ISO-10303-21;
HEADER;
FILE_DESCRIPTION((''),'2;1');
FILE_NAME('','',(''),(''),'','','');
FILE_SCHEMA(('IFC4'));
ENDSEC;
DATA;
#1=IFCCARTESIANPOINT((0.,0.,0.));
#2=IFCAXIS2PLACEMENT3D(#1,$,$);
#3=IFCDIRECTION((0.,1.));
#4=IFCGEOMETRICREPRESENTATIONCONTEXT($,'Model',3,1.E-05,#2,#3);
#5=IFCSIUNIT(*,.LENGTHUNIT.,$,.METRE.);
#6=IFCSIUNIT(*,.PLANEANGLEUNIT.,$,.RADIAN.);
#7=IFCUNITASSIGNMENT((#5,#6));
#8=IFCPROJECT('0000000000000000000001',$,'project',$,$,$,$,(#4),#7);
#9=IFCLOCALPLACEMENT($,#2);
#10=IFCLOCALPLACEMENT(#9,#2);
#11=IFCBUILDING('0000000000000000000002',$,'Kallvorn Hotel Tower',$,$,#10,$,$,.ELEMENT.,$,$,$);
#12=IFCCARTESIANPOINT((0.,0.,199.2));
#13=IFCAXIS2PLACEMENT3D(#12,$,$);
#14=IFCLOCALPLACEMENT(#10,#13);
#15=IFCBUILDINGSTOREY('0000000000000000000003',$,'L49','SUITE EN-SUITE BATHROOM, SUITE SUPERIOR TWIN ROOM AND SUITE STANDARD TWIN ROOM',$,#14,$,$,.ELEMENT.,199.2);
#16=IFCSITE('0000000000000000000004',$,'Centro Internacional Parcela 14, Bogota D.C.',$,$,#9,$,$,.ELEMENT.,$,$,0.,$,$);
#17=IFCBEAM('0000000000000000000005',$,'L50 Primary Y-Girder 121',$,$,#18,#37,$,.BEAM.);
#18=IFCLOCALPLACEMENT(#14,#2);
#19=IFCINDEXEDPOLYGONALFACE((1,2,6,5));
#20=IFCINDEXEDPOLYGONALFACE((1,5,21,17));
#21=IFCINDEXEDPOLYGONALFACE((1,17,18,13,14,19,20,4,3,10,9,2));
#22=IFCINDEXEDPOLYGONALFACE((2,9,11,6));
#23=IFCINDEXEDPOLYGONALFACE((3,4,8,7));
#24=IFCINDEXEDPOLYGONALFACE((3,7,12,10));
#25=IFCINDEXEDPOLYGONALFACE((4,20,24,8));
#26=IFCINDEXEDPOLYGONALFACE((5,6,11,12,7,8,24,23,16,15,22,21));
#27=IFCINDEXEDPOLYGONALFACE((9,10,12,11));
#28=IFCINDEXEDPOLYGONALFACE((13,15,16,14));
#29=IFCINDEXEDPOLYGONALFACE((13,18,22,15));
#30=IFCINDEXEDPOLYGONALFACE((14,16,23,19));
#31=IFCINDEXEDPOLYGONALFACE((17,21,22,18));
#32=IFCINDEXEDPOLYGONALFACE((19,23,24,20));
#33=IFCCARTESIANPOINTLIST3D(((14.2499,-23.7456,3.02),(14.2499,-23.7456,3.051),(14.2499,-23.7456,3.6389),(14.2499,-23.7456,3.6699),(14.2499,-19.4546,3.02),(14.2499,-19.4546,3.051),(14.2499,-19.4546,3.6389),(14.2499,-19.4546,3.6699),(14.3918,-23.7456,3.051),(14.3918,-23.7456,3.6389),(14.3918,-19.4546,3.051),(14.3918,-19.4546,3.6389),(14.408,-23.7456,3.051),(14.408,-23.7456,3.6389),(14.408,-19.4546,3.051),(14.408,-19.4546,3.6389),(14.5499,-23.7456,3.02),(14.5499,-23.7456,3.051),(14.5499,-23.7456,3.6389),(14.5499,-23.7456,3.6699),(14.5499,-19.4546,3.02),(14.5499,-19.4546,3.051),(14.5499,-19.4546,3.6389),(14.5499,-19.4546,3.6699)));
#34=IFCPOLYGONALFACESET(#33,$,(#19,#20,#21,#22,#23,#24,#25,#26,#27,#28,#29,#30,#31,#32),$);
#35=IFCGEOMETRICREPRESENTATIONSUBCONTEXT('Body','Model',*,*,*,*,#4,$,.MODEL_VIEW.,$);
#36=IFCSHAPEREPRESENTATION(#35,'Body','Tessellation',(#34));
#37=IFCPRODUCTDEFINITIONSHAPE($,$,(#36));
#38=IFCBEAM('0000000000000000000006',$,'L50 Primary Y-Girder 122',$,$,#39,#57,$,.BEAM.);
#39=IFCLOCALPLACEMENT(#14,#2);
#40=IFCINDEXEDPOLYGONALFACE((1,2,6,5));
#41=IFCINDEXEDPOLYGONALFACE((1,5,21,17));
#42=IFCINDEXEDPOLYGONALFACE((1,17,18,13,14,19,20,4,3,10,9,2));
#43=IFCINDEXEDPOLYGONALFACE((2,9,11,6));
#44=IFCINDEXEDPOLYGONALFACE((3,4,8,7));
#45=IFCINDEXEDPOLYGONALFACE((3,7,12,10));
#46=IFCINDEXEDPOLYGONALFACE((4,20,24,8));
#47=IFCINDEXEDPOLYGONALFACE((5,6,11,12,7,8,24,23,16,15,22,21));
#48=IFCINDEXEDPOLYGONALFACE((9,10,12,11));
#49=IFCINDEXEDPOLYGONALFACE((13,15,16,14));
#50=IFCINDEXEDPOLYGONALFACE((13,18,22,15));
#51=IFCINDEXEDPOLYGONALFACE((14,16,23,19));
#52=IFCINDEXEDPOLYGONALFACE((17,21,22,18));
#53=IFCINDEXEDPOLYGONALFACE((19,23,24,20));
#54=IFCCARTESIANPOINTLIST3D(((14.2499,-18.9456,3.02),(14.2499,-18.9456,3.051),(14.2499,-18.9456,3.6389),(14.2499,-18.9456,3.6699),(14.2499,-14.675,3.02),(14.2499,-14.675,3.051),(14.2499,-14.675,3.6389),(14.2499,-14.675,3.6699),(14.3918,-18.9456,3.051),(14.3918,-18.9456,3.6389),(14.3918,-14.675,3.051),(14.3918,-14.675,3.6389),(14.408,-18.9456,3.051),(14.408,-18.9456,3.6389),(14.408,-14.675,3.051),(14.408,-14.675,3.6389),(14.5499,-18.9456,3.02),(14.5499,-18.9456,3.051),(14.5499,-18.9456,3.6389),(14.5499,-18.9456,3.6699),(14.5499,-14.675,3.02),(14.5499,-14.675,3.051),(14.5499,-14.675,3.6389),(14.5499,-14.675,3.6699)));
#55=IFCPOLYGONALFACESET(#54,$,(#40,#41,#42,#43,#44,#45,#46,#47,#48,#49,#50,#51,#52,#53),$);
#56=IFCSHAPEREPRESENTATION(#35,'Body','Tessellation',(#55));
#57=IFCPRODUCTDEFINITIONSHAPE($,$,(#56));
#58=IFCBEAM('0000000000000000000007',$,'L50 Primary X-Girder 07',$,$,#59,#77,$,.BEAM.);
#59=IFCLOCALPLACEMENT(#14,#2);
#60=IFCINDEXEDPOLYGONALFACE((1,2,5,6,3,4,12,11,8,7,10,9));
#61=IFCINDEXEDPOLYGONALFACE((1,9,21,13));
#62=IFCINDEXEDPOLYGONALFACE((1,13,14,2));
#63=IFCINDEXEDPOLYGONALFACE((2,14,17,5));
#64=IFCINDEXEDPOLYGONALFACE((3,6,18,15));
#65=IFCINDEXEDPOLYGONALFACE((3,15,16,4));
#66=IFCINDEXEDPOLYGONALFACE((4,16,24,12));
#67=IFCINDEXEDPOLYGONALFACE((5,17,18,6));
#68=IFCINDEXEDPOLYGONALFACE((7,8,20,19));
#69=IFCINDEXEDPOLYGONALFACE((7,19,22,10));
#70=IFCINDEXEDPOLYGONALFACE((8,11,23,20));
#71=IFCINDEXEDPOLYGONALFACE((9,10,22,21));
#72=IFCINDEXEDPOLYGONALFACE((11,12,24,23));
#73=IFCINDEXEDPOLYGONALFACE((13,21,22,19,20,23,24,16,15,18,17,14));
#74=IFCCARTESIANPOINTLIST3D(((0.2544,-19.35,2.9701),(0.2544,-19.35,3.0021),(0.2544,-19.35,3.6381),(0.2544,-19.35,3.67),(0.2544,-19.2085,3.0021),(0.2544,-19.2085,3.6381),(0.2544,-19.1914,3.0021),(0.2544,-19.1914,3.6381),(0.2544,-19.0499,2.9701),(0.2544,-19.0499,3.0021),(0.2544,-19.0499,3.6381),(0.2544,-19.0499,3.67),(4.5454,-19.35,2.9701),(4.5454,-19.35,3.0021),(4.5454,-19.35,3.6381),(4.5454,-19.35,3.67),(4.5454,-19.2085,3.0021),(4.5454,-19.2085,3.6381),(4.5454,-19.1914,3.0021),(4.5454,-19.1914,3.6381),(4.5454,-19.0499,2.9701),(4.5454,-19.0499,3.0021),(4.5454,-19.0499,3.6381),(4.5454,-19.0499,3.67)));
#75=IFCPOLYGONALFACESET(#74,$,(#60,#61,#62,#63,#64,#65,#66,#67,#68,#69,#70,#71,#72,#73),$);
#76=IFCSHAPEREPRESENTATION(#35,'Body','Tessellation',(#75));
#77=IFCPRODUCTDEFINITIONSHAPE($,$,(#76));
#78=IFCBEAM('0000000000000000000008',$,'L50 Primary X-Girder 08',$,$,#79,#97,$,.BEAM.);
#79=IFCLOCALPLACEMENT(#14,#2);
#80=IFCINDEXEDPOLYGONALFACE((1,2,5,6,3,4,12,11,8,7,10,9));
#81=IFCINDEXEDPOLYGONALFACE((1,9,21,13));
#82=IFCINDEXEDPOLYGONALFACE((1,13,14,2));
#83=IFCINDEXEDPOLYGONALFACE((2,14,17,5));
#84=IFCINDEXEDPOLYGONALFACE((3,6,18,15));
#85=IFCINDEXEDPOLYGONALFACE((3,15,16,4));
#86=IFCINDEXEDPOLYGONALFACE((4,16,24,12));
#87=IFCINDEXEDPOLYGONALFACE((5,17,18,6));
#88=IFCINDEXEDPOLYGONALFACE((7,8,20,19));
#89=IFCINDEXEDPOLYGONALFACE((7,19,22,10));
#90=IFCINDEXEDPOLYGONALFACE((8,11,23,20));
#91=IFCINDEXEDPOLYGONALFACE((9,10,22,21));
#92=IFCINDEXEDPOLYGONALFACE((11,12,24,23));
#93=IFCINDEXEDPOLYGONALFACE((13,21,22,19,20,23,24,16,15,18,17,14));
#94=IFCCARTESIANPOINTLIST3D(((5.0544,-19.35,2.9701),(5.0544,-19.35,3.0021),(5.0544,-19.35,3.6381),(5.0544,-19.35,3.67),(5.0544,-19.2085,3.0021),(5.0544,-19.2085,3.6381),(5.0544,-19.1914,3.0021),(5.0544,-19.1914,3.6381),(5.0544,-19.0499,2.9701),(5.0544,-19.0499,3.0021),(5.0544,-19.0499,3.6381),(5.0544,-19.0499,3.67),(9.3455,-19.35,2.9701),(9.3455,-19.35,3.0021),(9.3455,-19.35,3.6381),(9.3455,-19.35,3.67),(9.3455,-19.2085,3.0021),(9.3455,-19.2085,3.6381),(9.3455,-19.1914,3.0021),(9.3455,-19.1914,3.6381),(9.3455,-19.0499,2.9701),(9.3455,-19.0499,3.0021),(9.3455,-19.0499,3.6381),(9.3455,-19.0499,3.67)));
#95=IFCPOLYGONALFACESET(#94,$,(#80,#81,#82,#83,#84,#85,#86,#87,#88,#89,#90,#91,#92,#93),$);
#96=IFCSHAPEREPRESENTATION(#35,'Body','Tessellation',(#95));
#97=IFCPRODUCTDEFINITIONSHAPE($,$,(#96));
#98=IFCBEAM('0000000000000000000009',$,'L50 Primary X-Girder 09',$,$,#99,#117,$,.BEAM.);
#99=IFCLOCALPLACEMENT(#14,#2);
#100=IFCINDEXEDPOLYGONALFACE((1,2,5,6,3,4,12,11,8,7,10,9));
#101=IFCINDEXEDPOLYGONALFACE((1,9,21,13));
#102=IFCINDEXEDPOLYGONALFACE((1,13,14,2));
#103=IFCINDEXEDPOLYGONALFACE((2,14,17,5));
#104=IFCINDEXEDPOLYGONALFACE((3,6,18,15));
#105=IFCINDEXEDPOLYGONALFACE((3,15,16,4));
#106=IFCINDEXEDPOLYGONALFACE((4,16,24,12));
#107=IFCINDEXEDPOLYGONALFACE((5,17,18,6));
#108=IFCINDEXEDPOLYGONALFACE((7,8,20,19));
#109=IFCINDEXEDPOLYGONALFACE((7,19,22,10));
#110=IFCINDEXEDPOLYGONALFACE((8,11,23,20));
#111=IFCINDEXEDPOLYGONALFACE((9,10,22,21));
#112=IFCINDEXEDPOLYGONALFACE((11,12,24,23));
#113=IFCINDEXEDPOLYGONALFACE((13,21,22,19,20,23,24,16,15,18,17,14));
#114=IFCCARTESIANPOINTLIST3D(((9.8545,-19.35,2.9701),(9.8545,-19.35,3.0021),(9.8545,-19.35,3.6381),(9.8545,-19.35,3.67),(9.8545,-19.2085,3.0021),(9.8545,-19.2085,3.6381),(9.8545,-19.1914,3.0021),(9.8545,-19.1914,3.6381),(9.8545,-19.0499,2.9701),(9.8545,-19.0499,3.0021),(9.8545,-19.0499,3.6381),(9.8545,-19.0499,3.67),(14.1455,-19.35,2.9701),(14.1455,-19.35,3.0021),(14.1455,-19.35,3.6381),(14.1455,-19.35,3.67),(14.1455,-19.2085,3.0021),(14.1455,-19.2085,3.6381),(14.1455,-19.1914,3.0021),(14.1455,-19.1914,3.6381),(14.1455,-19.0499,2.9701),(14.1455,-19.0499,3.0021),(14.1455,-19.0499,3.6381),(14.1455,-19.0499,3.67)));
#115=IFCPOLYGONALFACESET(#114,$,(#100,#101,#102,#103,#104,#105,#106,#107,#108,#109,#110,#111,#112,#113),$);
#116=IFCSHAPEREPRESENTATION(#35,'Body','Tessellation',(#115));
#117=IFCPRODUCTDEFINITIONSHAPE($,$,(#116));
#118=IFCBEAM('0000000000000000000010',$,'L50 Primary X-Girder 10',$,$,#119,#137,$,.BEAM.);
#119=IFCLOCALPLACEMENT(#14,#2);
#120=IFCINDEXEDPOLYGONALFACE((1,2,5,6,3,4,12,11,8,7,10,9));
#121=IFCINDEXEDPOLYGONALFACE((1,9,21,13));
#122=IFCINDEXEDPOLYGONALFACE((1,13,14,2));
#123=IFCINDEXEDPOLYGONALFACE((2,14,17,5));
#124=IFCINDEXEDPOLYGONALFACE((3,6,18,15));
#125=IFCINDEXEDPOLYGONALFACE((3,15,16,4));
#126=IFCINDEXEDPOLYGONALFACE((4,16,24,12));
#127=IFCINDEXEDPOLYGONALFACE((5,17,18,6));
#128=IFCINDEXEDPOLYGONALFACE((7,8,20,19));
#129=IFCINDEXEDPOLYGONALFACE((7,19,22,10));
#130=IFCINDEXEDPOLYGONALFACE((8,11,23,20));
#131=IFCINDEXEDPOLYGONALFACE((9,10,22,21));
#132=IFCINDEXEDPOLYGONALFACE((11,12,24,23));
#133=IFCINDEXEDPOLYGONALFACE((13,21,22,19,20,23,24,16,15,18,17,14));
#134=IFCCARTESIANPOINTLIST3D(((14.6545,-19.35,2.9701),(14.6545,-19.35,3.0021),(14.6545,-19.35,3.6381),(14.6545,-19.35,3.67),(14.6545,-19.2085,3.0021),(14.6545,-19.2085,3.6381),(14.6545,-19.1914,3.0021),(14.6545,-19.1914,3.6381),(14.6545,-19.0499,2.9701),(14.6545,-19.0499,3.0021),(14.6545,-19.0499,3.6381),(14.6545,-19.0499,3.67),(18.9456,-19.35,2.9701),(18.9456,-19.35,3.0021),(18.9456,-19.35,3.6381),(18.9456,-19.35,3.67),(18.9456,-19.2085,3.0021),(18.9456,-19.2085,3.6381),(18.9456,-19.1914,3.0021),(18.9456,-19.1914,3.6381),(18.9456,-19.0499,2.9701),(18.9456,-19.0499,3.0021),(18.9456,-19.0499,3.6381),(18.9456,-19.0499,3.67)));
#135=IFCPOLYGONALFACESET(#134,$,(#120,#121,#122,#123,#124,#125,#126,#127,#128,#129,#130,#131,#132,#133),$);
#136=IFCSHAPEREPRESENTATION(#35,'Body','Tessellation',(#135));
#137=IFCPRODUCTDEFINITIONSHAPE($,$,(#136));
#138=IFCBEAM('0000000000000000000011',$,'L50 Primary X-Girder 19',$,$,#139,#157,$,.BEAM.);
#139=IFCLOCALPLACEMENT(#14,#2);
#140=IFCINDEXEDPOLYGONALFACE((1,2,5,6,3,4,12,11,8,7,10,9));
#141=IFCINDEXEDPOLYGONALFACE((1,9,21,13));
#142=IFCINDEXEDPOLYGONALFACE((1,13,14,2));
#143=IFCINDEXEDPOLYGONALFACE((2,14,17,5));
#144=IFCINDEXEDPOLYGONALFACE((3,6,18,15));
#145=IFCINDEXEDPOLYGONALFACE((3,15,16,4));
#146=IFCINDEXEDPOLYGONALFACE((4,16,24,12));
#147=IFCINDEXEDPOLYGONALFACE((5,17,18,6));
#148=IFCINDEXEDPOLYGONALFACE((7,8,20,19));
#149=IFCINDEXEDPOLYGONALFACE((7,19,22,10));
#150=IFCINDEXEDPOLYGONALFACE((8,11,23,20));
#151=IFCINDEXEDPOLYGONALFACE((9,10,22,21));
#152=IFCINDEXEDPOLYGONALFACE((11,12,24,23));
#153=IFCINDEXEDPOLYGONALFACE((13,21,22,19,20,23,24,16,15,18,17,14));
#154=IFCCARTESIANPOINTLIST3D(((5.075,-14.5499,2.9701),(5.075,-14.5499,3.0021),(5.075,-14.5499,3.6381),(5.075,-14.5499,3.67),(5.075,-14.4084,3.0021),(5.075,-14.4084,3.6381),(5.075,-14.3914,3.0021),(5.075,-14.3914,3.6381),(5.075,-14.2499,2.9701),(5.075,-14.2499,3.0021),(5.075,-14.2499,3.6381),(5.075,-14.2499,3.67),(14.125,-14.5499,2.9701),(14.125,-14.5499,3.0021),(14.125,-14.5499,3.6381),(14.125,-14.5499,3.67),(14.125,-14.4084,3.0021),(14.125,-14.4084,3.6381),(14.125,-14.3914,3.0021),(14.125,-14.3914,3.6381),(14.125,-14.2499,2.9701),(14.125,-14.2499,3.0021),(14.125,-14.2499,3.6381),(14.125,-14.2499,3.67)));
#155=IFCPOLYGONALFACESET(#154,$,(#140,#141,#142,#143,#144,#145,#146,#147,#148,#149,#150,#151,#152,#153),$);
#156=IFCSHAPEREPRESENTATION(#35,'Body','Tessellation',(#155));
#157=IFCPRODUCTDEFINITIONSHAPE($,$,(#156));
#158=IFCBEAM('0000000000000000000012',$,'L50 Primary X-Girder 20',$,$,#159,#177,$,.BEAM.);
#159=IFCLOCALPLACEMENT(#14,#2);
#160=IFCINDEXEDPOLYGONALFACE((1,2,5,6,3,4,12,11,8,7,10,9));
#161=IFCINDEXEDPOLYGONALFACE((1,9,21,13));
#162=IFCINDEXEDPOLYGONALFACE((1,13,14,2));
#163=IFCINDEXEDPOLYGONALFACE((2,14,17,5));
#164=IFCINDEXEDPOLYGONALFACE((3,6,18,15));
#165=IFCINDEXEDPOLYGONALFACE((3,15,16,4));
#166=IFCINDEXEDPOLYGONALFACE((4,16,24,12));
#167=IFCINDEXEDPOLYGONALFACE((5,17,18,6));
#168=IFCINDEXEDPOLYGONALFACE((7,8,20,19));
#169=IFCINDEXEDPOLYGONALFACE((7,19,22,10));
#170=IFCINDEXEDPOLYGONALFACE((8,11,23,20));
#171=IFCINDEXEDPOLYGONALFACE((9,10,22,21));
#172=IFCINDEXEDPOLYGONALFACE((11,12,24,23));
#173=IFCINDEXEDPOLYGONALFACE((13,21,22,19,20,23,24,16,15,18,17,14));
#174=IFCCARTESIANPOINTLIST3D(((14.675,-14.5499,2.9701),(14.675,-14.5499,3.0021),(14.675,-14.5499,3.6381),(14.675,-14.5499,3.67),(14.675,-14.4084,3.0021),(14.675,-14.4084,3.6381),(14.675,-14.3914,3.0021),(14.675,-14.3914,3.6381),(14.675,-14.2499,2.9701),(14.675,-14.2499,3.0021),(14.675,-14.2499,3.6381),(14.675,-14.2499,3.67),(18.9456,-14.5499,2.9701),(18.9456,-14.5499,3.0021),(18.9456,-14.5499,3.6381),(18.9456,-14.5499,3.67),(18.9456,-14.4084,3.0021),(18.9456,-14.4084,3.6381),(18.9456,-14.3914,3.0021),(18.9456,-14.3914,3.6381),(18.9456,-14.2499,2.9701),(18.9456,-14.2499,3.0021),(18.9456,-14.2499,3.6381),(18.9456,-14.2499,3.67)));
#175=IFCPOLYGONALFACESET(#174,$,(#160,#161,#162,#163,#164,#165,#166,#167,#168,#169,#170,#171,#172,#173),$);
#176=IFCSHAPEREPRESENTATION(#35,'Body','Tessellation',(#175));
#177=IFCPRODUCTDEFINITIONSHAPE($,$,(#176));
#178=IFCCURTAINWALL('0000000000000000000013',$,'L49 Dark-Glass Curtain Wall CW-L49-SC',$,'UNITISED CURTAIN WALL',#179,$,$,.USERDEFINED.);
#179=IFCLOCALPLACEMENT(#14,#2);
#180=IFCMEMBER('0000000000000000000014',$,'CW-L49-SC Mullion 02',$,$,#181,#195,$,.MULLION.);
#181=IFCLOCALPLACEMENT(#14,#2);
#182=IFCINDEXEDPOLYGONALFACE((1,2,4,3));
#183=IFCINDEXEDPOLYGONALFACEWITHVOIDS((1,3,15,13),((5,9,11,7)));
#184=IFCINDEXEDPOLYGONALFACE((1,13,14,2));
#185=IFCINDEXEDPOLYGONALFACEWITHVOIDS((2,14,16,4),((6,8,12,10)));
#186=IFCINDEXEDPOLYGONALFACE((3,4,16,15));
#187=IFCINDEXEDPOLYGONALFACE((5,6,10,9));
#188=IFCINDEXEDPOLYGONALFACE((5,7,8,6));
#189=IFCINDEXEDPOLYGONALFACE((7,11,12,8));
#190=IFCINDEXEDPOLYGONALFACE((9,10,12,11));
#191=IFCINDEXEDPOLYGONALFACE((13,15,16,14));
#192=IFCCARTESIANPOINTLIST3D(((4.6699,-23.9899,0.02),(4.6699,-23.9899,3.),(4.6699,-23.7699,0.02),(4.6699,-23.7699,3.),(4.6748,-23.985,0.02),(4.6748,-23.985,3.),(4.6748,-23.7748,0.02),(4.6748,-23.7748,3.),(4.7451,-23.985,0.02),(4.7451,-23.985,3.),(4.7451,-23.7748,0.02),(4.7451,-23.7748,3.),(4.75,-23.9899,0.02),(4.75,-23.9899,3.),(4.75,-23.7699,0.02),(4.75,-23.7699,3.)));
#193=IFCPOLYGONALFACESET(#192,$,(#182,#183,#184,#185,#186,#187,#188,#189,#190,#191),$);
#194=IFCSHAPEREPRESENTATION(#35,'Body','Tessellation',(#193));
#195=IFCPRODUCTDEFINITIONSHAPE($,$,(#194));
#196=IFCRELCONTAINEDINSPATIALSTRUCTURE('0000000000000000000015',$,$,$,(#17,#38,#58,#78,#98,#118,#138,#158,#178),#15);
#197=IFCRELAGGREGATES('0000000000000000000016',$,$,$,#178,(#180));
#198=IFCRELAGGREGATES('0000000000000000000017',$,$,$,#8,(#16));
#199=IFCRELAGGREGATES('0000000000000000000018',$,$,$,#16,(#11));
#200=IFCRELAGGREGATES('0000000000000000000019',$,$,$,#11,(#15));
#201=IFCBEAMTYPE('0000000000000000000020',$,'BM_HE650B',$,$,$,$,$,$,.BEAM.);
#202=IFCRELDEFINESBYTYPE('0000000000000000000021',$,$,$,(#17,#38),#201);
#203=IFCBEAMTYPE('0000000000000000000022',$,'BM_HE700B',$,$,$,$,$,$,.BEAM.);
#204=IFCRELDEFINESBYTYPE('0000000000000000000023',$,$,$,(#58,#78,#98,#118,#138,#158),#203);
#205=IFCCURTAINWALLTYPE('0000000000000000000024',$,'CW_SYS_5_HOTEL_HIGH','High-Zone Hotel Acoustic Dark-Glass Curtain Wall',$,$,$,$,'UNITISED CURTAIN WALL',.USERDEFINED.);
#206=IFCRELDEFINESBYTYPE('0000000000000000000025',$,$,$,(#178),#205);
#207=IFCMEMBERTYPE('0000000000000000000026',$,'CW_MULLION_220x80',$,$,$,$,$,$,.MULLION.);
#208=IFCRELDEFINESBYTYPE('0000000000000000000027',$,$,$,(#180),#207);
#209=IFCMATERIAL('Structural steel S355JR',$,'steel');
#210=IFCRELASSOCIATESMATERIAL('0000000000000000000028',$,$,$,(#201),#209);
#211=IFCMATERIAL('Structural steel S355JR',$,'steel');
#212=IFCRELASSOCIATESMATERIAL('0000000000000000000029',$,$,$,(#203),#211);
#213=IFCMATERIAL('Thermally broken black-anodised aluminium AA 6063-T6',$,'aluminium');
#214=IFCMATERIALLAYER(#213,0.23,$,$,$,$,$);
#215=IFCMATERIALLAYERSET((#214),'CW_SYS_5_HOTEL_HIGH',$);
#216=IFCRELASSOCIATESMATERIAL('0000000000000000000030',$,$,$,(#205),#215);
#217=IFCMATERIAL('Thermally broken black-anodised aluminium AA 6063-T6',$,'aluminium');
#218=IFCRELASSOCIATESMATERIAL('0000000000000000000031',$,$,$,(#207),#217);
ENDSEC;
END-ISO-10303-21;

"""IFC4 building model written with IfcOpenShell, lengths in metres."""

from ifc_helpers import new_model, si_unit, direction, frame, origin, origin_2d, place, context, subcontext, project, spatial, hollow_rectangle, i_section, extrude, material, layer, layer_set, material_profile, profile_set, type_object, element, aggregate, save


model = new_model("IFC4")

# Units and contexts
model_context = context("Model", 3, precision=1e-05, world=origin(), true_north=direction((0.0, 1.0)))
body_context = subcontext(model_context, "Body", "Model", "MODEL_VIEW")
ifc_project = project(units=[si_unit("LENGTHUNIT", "METRE"), si_unit("PLANEANGLEUNIT", "RADIAN")], contexts=[model_context])

# Site, building, storey
site_placement = place(None, origin())
site = spatial("IfcSite", under=ifc_project, at=site_placement, Name="Centro Internacional Parcela 14, Bogota D.C.", CompositionType="ELEMENT", RefElevation=0.0)
building_placement = place(site_placement, origin())
building = spatial("IfcBuilding", under=site, at=building_placement, Name="Kallvorn Hotel Tower", CompositionType="ELEMENT")
storey_placement = place(building_placement, frame((0.0, 0.0, 199.2)))
storey = spatial("IfcBuildingStorey", under=building, at=storey_placement, Name="L49", Description="SUITE EN-SUITE BATHROOM, SUITE SUPERIOR TWIN ROOM AND SUITE STANDARD TWIN ROOM", CompositionType="ELEMENT", Elevation=199.2)

# Beams
ifc_material_1 = material(Name="Structural steel S355JR", Category="steel")
ifc_material_profile_1 = material_profile(ifc_material_1, i_section(OverallWidth=0.3, OverallDepth=0.6499, WebThickness=0.0161, FlangeThickness=0.031, at=origin_2d()), Name="HE 650 B")
ifc_profile_set_1 = profile_set([ifc_material_profile_1], Name="Structural steel S355JR")
beam_type_1 = type_object("IfcBeamType", Name="BM_HE650B", PredefinedType="BEAM", material=ifc_profile_set_1)
for number, where, z_axis, x_axis, name in (
    (1, (14.3999, -23.7456, 3.345), (0.0, 1.0, 0.0), (-1.0, 0.0, 0.0), "L50 Primary Y-Girder 121"),
):
    element("IfcBeam", number, at=place(storey_placement, frame(where, z_axis=z_axis, x_axis=x_axis)), inside=storey, type_object=beam_type_1, Name=name, PredefinedType="BEAM", context=body_context, shape_type="SweptSolid", body=[
        extrude(i_section(OverallWidth=0.3, OverallDepth=0.6499, WebThickness=0.0161, FlangeThickness=0.031, at=origin_2d()), origin(), (0.0, 0.0, 1.0), 4.291),
    ])
beam_1_placement = place(storey_placement, frame((14.3999, -18.9456, 3.345), z_axis=(0.0, 1.0, 0.0), x_axis=(-1.0, 0.0, 0.0)))
element("IfcBeam", 2, at=beam_1_placement, inside=storey, type_object=beam_type_1, Name="L50 Primary Y-Girder 122", PredefinedType="BEAM", context=body_context, shape_type="SweptSolid", body=[
    extrude(i_section(OverallWidth=0.3, OverallDepth=0.6499, WebThickness=0.0161, FlangeThickness=0.031, at=origin_2d()), origin(), (0.0, 0.0, 1.0), 4.2705),
])
ifc_material_2 = material(Name="Structural steel S355JR", Category="steel")
ifc_material_profile_2 = material_profile(ifc_material_2, i_section(OverallWidth=0.3, OverallDepth=0.7, WebThickness=0.0171, FlangeThickness=0.032, at=origin_2d()), Name="HE 700 B")
ifc_profile_set_2 = profile_set([ifc_material_profile_2], Name="Structural steel S355JR")
beam_type_2 = type_object("IfcBeamType", Name="BM_HE700B", PredefinedType="BEAM", material=ifc_profile_set_2)
for number, where, z_axis, x_axis, name in (
    (3, (0.2544, -19.2, 3.3201), (1.0, 0.0, 0.0), (0.0, 1.0, 0.0), "L50 Primary X-Girder 07"),
    (4, (5.0544, -19.2, 3.3201), (1.0, 0.0, 0.0), (0.0, 1.0, 0.0), "L50 Primary X-Girder 08"),
    (5, (9.8545, -19.2, 3.3201), (1.0, 0.0, 0.0), (0.0, 1.0, 0.0), "L50 Primary X-Girder 09"),
    (6, (14.6545, -19.2, 3.3201), (1.0, 0.0, 0.0), (0.0, 1.0, 0.0), "L50 Primary X-Girder 10"),
):
    element("IfcBeam", number, at=place(storey_placement, frame(where, z_axis=z_axis, x_axis=x_axis)), inside=storey, type_object=beam_type_2, Name=name, PredefinedType="BEAM", context=body_context, shape_type="SweptSolid", body=[
        extrude(i_section(OverallWidth=0.3, OverallDepth=0.7, WebThickness=0.0171, FlangeThickness=0.032, at=origin_2d()), origin(), (0.0, 0.0, 1.0), 4.291),
    ])
beam_2_placement = place(storey_placement, frame((5.075, -14.3999, 3.3201), z_axis=(1.0, 0.0, 0.0), x_axis=(0.0, 1.0, 0.0)))
element("IfcBeam", 7, at=beam_2_placement, inside=storey, type_object=beam_type_2, Name="L50 Primary X-Girder 19", PredefinedType="BEAM", context=body_context, shape_type="SweptSolid", body=[
    extrude(i_section(OverallWidth=0.3, OverallDepth=0.7, WebThickness=0.0171, FlangeThickness=0.032, at=origin_2d()), origin(), (0.0, 0.0, 1.0), 9.05),
])
beam_3_placement = place(storey_placement, frame((14.675, -14.3999, 3.3201), z_axis=(1.0, 0.0, 0.0), x_axis=(0.0, 1.0, 0.0)))
element("IfcBeam", 8, at=beam_3_placement, inside=storey, type_object=beam_type_2, Name="L50 Primary X-Girder 20", PredefinedType="BEAM", context=body_context, shape_type="SweptSolid", body=[
    extrude(i_section(OverallWidth=0.3, OverallDepth=0.7, WebThickness=0.0171, FlangeThickness=0.032, at=origin_2d()), origin(), (0.0, 0.0, 1.0), 4.2705),
])

# Curtain wall, member
ifc_material_3 = material(Name="Thermally broken black-anodised aluminium AA 6063-T6", Category="aluminium")
ifc_layer_1 = layer(ifc_material_3, 0.23)
ifc_layer_set_1 = layer_set([ifc_layer_1], Name="CW_SYS_5_HOTEL_HIGH")
curtain_wall_type = type_object("IfcCurtainWallType", Name="CW_SYS_5_HOTEL_HIGH", Description="High-Zone Hotel Acoustic Dark-Glass Curtain Wall", ElementType="UNITISED CURTAIN WALL", PredefinedType="USERDEFINED", material=ifc_layer_set_1)
curtain_wall_placement = place(storey_placement, origin())
curtain_wall = element("IfcCurtainWall", 9, at=curtain_wall_placement, inside=storey, type_object=curtain_wall_type, Name="L49 Dark-Glass Curtain Wall CW-L49-SC", ObjectType="UNITISED CURTAIN WALL", PredefinedType="USERDEFINED")
ifc_material_4 = material(Name="Thermally broken black-anodised aluminium AA 6063-T6", Category="aluminium")
ifc_material_profile_3 = material_profile(ifc_material_4, hollow_rectangle(XDim=0.0801, YDim=0.22, WallThickness=0.0049, at=origin_2d()), Name="MUL 220x80")
ifc_profile_set_3 = profile_set([ifc_material_profile_3], Name="Thermally broken black-anodised aluminium AA 6063-T6")
member_type_1 = type_object("IfcMemberType", Name="CW_MULLION_220x80", PredefinedType="MULLION", material=ifc_profile_set_3)
member_1_placement = place(storey_placement, frame((4.71, -23.8799, 0.02), z_axis=(0.0, 0.0, 1.0), x_axis=(1.0, 0.0, 0.0)))
member_1 = element("IfcMember", 10, at=member_1_placement, type_object=member_type_1, Name="CW-L49-SC Mullion 02", PredefinedType="MULLION", context=body_context, shape_type="SweptSolid", body=[
    extrude(hollow_rectangle(XDim=0.0801, YDim=0.22, WallThickness=0.0049, at=origin_2d()), origin(), (0.0, 0.0, 1.0), 2.98),
])
aggregate(curtain_wall, [member_1])

save(model, "model.ifc")
